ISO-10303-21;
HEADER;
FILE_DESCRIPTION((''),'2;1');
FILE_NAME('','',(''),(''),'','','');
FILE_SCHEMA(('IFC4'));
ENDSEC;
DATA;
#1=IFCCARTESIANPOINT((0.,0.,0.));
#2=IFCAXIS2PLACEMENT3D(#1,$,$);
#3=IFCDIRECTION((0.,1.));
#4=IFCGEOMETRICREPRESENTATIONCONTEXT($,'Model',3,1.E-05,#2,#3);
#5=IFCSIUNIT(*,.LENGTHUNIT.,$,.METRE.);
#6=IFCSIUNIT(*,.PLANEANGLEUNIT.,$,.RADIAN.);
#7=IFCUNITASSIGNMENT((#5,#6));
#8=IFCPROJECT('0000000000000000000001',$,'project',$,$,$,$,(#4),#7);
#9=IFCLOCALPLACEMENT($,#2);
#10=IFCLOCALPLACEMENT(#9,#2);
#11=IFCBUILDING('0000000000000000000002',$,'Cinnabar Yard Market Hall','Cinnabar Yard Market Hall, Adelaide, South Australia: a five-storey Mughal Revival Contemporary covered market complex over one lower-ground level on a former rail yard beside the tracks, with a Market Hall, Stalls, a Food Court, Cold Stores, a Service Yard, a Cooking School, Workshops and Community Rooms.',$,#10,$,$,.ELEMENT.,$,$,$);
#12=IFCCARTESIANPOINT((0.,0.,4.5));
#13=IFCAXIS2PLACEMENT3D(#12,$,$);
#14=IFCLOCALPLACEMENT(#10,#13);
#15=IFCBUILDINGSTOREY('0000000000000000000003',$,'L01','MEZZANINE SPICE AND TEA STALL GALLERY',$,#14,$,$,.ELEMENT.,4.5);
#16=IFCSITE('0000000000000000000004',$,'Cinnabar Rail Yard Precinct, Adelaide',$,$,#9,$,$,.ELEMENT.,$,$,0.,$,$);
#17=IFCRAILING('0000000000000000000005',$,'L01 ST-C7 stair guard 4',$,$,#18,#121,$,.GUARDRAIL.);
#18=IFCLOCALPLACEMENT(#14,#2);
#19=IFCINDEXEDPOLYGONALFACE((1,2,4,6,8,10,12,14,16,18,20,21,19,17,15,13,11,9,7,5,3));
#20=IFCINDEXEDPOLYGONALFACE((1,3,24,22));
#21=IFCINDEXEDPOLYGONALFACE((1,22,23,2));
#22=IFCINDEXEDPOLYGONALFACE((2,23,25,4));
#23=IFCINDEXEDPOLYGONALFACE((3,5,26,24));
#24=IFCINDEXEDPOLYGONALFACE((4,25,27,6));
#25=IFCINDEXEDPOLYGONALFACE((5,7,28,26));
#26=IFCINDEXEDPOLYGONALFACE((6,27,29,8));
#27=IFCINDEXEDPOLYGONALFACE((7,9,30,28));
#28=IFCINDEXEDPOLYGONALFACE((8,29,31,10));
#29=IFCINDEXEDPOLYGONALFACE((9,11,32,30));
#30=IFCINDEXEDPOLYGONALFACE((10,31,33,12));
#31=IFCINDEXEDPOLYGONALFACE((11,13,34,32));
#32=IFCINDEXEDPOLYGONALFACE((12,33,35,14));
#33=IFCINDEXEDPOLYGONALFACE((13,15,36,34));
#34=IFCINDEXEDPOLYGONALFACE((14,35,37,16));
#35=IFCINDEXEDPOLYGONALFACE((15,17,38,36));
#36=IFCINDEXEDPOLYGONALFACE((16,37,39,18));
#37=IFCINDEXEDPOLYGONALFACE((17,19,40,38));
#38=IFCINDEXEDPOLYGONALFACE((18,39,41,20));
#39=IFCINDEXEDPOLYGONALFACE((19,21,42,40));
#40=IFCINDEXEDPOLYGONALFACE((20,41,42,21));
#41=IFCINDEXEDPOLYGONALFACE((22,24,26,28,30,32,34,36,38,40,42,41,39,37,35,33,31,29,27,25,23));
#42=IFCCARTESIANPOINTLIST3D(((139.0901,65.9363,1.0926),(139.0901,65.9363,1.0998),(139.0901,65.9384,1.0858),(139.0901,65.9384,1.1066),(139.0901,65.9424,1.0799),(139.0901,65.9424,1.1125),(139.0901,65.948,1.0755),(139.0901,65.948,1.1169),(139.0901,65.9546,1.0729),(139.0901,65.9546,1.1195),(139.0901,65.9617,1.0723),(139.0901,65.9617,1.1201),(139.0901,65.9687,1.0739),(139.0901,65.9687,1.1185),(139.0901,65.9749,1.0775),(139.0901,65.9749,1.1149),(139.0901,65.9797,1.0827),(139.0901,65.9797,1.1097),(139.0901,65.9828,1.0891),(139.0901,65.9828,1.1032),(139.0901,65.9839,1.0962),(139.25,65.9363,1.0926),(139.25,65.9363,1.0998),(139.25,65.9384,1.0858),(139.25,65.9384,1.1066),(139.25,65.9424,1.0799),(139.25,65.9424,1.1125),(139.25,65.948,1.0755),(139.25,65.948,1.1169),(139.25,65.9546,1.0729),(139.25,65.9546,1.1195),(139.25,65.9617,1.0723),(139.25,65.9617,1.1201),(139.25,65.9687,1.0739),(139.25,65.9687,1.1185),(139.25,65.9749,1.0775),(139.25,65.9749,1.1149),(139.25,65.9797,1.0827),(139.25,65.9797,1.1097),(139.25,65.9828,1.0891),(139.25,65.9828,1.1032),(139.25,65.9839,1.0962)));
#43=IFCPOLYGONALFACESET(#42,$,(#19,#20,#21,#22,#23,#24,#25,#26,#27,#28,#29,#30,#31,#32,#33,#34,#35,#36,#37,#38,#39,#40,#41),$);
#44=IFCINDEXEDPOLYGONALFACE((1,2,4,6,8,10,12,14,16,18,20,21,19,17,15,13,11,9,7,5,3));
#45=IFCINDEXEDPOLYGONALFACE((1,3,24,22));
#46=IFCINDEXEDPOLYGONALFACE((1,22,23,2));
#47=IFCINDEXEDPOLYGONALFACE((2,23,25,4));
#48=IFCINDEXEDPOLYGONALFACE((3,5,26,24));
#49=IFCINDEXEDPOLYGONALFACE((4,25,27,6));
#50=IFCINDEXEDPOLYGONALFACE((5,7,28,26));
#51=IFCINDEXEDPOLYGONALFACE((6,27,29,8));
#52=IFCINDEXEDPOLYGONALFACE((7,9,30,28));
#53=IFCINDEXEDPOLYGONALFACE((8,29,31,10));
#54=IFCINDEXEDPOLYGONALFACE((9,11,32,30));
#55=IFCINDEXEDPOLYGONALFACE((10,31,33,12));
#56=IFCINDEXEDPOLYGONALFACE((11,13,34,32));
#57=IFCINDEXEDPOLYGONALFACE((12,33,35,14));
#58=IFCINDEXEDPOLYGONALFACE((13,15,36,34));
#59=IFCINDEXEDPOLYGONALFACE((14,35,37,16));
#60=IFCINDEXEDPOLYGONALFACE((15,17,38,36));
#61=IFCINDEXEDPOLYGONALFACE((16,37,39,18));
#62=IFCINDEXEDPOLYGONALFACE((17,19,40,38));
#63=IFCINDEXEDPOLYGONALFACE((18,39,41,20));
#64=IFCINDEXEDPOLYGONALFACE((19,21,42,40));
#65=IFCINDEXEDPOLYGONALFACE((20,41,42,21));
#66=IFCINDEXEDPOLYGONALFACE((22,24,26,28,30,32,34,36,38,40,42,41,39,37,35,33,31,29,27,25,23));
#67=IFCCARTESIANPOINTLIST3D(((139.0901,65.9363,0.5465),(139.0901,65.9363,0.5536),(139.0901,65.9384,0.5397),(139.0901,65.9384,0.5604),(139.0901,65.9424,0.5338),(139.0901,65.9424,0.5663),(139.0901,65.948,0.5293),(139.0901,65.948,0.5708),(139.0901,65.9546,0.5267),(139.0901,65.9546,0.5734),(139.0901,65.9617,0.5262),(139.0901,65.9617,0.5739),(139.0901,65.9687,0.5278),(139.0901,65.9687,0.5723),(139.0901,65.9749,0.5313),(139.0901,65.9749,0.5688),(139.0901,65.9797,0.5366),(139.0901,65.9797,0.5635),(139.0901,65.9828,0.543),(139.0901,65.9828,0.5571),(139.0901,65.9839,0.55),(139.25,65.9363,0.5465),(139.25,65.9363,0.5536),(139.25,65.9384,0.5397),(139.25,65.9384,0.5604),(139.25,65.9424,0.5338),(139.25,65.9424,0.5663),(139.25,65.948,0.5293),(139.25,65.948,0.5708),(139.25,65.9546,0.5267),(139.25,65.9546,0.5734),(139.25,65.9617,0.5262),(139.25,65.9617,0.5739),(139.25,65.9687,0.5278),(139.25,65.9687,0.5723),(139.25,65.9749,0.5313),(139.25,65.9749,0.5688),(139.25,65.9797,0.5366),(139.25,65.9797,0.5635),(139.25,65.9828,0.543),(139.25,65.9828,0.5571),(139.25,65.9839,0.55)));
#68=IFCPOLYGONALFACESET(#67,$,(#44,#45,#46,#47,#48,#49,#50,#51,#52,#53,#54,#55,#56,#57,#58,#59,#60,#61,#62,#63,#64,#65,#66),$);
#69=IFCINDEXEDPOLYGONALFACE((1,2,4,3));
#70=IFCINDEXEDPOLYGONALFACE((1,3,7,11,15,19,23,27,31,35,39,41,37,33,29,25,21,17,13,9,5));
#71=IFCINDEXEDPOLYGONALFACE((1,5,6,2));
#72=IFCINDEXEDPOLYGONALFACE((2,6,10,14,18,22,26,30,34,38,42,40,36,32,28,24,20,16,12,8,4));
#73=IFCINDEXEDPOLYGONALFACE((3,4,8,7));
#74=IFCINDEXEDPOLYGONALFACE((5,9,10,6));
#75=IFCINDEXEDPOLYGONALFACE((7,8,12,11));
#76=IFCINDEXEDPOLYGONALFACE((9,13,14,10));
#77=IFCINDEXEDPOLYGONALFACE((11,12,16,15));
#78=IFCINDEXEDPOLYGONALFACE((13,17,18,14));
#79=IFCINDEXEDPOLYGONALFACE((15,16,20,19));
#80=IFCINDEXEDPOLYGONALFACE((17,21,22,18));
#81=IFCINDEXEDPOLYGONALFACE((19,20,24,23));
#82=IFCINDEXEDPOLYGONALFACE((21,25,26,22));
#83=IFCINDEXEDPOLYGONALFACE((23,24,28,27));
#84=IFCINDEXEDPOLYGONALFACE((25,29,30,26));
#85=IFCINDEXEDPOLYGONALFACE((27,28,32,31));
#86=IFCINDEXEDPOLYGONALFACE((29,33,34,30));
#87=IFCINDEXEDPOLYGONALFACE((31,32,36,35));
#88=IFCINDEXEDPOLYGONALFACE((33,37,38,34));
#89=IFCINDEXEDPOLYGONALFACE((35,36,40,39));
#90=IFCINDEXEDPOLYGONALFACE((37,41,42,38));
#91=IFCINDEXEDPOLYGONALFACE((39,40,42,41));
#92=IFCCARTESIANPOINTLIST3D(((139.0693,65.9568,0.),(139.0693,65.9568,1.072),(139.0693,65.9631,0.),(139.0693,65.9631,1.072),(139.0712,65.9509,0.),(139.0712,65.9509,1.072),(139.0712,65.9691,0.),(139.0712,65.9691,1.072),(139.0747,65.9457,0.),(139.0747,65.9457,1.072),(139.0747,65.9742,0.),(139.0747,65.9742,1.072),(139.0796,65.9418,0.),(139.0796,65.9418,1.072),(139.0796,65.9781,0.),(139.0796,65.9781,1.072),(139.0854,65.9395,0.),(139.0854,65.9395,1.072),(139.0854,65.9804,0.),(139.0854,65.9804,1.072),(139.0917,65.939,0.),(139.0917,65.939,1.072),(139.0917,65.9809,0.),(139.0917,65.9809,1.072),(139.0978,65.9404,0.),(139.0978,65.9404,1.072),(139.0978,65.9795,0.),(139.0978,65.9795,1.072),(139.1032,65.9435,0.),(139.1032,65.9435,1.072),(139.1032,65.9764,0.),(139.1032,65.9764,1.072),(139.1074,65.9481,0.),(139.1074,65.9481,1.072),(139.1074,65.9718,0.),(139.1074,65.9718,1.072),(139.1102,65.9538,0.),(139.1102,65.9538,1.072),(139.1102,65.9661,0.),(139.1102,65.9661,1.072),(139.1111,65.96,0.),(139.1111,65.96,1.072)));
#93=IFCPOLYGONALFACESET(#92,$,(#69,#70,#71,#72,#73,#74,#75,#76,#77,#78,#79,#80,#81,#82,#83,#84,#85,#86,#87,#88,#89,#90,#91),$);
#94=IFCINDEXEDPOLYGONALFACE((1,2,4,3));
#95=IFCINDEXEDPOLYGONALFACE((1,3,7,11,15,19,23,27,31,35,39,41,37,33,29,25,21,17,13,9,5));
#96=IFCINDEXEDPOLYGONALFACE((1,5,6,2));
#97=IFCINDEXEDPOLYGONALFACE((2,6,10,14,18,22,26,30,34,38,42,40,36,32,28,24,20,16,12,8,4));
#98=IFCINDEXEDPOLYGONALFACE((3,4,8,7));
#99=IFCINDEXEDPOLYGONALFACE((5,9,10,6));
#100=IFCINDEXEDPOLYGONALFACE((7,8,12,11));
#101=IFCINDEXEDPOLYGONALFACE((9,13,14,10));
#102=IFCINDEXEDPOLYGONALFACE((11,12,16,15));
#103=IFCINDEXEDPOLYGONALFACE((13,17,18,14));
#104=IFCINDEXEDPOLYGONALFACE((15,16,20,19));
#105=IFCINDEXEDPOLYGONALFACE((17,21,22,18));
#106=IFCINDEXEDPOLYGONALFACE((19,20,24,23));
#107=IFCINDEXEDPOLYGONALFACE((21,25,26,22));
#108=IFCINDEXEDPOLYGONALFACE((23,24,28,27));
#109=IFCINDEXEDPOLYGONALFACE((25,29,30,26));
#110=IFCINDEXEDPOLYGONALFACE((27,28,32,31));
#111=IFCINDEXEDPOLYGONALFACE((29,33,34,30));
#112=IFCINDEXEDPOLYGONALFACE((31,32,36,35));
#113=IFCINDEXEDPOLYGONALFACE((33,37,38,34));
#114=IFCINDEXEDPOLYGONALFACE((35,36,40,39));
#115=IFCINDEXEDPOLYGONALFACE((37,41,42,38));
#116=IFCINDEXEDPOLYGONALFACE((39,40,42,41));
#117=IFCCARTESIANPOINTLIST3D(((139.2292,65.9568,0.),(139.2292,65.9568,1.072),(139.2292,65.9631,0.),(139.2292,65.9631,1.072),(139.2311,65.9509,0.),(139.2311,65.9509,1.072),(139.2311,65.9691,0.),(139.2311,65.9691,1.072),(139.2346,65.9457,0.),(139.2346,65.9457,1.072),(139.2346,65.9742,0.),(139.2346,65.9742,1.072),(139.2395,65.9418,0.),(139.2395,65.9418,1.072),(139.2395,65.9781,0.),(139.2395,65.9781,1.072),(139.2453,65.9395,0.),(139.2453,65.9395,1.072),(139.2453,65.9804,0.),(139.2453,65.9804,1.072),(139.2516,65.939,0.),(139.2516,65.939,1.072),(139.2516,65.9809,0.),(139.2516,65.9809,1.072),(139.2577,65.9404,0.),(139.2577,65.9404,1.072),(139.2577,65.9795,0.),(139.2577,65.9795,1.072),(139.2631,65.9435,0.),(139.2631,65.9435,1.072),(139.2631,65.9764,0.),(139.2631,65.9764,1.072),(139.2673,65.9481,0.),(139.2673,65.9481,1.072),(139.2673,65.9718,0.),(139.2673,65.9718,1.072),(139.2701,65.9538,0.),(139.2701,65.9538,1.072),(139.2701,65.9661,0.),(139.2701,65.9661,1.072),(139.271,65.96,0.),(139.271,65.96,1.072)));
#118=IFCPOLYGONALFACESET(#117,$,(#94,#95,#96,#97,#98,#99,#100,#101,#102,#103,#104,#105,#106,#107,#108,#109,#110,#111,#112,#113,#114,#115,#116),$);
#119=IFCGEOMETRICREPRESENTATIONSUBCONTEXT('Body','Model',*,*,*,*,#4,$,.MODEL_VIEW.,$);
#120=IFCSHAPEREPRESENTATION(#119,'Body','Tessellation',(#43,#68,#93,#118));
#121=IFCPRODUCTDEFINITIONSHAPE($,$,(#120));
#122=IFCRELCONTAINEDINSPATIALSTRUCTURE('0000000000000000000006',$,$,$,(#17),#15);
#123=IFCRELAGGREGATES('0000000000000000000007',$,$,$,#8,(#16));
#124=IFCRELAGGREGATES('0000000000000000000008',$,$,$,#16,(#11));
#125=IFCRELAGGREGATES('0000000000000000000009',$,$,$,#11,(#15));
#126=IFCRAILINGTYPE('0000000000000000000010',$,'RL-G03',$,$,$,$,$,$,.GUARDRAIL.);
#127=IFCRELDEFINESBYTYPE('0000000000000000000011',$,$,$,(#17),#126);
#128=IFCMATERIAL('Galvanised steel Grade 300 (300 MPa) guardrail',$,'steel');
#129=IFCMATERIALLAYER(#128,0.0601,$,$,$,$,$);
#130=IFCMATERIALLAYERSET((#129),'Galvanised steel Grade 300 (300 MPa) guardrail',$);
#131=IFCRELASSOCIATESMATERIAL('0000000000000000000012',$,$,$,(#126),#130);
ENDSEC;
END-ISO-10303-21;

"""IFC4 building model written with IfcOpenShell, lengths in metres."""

from ifc_helpers import new_model, si_unit, direction, frame, origin, origin_2d_with_axis, place, context, subcontext, project, spatial, circle, extrude, material, layer, layer_set, type_object, element, save


model = new_model("IFC4")

# Units and contexts
model_context = context("Model", 3, precision=1e-05, world=origin(), true_north=direction((0.0, 1.0)))
body_context = subcontext(model_context, "Body", "Model", "MODEL_VIEW")
ifc_project = project(units=[si_unit("LENGTHUNIT", "METRE"), si_unit("PLANEANGLEUNIT", "RADIAN")], contexts=[model_context])

# Site, building, storey
site_placement = place(None, origin())
site = spatial("IfcSite", under=ifc_project, at=site_placement, Name="Cinnabar Rail Yard Precinct, Adelaide", CompositionType="ELEMENT", RefElevation=0.0)
building_placement = place(site_placement, origin())
building = spatial("IfcBuilding", under=site, at=building_placement, Name="Cinnabar Yard Market Hall", Description="Cinnabar Yard Market Hall, Adelaide, South Australia: a five-storey Mughal Revival Contemporary covered market complex over one lower-ground level on a former rail yard beside the tracks, with a Market Hall, Stalls, a Food Court, Cold Stores, a Service Yard, a Cooking School, Workshops and Community Rooms.", CompositionType="ELEMENT")
storey_placement = place(building_placement, frame((0.0, 0.0, 4.5)))
storey = spatial("IfcBuildingStorey", under=building, at=storey_placement, Name="L01", Description="MEZZANINE SPICE AND TEA STALL GALLERY", CompositionType="ELEMENT", Elevation=4.5)

# Railing
ifc_material_1 = material(Name="Galvanised steel Grade 300 (300 MPa) guardrail", Category="steel")
ifc_layer_1 = layer(ifc_material_1, 0.0601)
ifc_layer_set_1 = layer_set([ifc_layer_1], Name="Galvanised steel Grade 300 (300 MPa) guardrail")
railing_type_1 = type_object("IfcRailingType", Name="RL-G03", PredefinedType="GUARDRAIL", material=ifc_layer_set_1)
railing_1_placement = place(storey_placement, frame((139.0901, 65.96, 0.0)))
element("IfcRailing", 1, at=railing_1_placement, inside=storey, type_object=railing_type_1, Name="L01 ST-C7 stair guard 4", PredefinedType="GUARDRAIL", context=body_context, shape_type="SweptSolid", body=[
    extrude(circle(Radius=0.0239, at=origin_2d_with_axis()), frame((0.0, 0.0, 1.0962), z_axis=(1.0, 0.0, 0.0), x_axis=(0.0, 1.0, 0.0)), (0.0, 0.0, 1.0), 0.1599),
    extrude(circle(Radius=0.0239, at=origin_2d_with_axis()), frame((0.0, 0.0, 0.55), z_axis=(1.0, 0.0, 0.0), x_axis=(0.0, 1.0, 0.0)), (0.0, 0.0, 1.0), 0.1599),
    extrude(circle(Radius=0.021, at=origin_2d_with_axis()), origin(), (0.0, 0.0, 1.0), 1.072),
    extrude(circle(Radius=0.021, at=origin_2d_with_axis()), frame((0.1599, 0.0, 0.0)), (0.0, 0.0, 1.0), 1.072),
])

save(model, "model.ifc")
